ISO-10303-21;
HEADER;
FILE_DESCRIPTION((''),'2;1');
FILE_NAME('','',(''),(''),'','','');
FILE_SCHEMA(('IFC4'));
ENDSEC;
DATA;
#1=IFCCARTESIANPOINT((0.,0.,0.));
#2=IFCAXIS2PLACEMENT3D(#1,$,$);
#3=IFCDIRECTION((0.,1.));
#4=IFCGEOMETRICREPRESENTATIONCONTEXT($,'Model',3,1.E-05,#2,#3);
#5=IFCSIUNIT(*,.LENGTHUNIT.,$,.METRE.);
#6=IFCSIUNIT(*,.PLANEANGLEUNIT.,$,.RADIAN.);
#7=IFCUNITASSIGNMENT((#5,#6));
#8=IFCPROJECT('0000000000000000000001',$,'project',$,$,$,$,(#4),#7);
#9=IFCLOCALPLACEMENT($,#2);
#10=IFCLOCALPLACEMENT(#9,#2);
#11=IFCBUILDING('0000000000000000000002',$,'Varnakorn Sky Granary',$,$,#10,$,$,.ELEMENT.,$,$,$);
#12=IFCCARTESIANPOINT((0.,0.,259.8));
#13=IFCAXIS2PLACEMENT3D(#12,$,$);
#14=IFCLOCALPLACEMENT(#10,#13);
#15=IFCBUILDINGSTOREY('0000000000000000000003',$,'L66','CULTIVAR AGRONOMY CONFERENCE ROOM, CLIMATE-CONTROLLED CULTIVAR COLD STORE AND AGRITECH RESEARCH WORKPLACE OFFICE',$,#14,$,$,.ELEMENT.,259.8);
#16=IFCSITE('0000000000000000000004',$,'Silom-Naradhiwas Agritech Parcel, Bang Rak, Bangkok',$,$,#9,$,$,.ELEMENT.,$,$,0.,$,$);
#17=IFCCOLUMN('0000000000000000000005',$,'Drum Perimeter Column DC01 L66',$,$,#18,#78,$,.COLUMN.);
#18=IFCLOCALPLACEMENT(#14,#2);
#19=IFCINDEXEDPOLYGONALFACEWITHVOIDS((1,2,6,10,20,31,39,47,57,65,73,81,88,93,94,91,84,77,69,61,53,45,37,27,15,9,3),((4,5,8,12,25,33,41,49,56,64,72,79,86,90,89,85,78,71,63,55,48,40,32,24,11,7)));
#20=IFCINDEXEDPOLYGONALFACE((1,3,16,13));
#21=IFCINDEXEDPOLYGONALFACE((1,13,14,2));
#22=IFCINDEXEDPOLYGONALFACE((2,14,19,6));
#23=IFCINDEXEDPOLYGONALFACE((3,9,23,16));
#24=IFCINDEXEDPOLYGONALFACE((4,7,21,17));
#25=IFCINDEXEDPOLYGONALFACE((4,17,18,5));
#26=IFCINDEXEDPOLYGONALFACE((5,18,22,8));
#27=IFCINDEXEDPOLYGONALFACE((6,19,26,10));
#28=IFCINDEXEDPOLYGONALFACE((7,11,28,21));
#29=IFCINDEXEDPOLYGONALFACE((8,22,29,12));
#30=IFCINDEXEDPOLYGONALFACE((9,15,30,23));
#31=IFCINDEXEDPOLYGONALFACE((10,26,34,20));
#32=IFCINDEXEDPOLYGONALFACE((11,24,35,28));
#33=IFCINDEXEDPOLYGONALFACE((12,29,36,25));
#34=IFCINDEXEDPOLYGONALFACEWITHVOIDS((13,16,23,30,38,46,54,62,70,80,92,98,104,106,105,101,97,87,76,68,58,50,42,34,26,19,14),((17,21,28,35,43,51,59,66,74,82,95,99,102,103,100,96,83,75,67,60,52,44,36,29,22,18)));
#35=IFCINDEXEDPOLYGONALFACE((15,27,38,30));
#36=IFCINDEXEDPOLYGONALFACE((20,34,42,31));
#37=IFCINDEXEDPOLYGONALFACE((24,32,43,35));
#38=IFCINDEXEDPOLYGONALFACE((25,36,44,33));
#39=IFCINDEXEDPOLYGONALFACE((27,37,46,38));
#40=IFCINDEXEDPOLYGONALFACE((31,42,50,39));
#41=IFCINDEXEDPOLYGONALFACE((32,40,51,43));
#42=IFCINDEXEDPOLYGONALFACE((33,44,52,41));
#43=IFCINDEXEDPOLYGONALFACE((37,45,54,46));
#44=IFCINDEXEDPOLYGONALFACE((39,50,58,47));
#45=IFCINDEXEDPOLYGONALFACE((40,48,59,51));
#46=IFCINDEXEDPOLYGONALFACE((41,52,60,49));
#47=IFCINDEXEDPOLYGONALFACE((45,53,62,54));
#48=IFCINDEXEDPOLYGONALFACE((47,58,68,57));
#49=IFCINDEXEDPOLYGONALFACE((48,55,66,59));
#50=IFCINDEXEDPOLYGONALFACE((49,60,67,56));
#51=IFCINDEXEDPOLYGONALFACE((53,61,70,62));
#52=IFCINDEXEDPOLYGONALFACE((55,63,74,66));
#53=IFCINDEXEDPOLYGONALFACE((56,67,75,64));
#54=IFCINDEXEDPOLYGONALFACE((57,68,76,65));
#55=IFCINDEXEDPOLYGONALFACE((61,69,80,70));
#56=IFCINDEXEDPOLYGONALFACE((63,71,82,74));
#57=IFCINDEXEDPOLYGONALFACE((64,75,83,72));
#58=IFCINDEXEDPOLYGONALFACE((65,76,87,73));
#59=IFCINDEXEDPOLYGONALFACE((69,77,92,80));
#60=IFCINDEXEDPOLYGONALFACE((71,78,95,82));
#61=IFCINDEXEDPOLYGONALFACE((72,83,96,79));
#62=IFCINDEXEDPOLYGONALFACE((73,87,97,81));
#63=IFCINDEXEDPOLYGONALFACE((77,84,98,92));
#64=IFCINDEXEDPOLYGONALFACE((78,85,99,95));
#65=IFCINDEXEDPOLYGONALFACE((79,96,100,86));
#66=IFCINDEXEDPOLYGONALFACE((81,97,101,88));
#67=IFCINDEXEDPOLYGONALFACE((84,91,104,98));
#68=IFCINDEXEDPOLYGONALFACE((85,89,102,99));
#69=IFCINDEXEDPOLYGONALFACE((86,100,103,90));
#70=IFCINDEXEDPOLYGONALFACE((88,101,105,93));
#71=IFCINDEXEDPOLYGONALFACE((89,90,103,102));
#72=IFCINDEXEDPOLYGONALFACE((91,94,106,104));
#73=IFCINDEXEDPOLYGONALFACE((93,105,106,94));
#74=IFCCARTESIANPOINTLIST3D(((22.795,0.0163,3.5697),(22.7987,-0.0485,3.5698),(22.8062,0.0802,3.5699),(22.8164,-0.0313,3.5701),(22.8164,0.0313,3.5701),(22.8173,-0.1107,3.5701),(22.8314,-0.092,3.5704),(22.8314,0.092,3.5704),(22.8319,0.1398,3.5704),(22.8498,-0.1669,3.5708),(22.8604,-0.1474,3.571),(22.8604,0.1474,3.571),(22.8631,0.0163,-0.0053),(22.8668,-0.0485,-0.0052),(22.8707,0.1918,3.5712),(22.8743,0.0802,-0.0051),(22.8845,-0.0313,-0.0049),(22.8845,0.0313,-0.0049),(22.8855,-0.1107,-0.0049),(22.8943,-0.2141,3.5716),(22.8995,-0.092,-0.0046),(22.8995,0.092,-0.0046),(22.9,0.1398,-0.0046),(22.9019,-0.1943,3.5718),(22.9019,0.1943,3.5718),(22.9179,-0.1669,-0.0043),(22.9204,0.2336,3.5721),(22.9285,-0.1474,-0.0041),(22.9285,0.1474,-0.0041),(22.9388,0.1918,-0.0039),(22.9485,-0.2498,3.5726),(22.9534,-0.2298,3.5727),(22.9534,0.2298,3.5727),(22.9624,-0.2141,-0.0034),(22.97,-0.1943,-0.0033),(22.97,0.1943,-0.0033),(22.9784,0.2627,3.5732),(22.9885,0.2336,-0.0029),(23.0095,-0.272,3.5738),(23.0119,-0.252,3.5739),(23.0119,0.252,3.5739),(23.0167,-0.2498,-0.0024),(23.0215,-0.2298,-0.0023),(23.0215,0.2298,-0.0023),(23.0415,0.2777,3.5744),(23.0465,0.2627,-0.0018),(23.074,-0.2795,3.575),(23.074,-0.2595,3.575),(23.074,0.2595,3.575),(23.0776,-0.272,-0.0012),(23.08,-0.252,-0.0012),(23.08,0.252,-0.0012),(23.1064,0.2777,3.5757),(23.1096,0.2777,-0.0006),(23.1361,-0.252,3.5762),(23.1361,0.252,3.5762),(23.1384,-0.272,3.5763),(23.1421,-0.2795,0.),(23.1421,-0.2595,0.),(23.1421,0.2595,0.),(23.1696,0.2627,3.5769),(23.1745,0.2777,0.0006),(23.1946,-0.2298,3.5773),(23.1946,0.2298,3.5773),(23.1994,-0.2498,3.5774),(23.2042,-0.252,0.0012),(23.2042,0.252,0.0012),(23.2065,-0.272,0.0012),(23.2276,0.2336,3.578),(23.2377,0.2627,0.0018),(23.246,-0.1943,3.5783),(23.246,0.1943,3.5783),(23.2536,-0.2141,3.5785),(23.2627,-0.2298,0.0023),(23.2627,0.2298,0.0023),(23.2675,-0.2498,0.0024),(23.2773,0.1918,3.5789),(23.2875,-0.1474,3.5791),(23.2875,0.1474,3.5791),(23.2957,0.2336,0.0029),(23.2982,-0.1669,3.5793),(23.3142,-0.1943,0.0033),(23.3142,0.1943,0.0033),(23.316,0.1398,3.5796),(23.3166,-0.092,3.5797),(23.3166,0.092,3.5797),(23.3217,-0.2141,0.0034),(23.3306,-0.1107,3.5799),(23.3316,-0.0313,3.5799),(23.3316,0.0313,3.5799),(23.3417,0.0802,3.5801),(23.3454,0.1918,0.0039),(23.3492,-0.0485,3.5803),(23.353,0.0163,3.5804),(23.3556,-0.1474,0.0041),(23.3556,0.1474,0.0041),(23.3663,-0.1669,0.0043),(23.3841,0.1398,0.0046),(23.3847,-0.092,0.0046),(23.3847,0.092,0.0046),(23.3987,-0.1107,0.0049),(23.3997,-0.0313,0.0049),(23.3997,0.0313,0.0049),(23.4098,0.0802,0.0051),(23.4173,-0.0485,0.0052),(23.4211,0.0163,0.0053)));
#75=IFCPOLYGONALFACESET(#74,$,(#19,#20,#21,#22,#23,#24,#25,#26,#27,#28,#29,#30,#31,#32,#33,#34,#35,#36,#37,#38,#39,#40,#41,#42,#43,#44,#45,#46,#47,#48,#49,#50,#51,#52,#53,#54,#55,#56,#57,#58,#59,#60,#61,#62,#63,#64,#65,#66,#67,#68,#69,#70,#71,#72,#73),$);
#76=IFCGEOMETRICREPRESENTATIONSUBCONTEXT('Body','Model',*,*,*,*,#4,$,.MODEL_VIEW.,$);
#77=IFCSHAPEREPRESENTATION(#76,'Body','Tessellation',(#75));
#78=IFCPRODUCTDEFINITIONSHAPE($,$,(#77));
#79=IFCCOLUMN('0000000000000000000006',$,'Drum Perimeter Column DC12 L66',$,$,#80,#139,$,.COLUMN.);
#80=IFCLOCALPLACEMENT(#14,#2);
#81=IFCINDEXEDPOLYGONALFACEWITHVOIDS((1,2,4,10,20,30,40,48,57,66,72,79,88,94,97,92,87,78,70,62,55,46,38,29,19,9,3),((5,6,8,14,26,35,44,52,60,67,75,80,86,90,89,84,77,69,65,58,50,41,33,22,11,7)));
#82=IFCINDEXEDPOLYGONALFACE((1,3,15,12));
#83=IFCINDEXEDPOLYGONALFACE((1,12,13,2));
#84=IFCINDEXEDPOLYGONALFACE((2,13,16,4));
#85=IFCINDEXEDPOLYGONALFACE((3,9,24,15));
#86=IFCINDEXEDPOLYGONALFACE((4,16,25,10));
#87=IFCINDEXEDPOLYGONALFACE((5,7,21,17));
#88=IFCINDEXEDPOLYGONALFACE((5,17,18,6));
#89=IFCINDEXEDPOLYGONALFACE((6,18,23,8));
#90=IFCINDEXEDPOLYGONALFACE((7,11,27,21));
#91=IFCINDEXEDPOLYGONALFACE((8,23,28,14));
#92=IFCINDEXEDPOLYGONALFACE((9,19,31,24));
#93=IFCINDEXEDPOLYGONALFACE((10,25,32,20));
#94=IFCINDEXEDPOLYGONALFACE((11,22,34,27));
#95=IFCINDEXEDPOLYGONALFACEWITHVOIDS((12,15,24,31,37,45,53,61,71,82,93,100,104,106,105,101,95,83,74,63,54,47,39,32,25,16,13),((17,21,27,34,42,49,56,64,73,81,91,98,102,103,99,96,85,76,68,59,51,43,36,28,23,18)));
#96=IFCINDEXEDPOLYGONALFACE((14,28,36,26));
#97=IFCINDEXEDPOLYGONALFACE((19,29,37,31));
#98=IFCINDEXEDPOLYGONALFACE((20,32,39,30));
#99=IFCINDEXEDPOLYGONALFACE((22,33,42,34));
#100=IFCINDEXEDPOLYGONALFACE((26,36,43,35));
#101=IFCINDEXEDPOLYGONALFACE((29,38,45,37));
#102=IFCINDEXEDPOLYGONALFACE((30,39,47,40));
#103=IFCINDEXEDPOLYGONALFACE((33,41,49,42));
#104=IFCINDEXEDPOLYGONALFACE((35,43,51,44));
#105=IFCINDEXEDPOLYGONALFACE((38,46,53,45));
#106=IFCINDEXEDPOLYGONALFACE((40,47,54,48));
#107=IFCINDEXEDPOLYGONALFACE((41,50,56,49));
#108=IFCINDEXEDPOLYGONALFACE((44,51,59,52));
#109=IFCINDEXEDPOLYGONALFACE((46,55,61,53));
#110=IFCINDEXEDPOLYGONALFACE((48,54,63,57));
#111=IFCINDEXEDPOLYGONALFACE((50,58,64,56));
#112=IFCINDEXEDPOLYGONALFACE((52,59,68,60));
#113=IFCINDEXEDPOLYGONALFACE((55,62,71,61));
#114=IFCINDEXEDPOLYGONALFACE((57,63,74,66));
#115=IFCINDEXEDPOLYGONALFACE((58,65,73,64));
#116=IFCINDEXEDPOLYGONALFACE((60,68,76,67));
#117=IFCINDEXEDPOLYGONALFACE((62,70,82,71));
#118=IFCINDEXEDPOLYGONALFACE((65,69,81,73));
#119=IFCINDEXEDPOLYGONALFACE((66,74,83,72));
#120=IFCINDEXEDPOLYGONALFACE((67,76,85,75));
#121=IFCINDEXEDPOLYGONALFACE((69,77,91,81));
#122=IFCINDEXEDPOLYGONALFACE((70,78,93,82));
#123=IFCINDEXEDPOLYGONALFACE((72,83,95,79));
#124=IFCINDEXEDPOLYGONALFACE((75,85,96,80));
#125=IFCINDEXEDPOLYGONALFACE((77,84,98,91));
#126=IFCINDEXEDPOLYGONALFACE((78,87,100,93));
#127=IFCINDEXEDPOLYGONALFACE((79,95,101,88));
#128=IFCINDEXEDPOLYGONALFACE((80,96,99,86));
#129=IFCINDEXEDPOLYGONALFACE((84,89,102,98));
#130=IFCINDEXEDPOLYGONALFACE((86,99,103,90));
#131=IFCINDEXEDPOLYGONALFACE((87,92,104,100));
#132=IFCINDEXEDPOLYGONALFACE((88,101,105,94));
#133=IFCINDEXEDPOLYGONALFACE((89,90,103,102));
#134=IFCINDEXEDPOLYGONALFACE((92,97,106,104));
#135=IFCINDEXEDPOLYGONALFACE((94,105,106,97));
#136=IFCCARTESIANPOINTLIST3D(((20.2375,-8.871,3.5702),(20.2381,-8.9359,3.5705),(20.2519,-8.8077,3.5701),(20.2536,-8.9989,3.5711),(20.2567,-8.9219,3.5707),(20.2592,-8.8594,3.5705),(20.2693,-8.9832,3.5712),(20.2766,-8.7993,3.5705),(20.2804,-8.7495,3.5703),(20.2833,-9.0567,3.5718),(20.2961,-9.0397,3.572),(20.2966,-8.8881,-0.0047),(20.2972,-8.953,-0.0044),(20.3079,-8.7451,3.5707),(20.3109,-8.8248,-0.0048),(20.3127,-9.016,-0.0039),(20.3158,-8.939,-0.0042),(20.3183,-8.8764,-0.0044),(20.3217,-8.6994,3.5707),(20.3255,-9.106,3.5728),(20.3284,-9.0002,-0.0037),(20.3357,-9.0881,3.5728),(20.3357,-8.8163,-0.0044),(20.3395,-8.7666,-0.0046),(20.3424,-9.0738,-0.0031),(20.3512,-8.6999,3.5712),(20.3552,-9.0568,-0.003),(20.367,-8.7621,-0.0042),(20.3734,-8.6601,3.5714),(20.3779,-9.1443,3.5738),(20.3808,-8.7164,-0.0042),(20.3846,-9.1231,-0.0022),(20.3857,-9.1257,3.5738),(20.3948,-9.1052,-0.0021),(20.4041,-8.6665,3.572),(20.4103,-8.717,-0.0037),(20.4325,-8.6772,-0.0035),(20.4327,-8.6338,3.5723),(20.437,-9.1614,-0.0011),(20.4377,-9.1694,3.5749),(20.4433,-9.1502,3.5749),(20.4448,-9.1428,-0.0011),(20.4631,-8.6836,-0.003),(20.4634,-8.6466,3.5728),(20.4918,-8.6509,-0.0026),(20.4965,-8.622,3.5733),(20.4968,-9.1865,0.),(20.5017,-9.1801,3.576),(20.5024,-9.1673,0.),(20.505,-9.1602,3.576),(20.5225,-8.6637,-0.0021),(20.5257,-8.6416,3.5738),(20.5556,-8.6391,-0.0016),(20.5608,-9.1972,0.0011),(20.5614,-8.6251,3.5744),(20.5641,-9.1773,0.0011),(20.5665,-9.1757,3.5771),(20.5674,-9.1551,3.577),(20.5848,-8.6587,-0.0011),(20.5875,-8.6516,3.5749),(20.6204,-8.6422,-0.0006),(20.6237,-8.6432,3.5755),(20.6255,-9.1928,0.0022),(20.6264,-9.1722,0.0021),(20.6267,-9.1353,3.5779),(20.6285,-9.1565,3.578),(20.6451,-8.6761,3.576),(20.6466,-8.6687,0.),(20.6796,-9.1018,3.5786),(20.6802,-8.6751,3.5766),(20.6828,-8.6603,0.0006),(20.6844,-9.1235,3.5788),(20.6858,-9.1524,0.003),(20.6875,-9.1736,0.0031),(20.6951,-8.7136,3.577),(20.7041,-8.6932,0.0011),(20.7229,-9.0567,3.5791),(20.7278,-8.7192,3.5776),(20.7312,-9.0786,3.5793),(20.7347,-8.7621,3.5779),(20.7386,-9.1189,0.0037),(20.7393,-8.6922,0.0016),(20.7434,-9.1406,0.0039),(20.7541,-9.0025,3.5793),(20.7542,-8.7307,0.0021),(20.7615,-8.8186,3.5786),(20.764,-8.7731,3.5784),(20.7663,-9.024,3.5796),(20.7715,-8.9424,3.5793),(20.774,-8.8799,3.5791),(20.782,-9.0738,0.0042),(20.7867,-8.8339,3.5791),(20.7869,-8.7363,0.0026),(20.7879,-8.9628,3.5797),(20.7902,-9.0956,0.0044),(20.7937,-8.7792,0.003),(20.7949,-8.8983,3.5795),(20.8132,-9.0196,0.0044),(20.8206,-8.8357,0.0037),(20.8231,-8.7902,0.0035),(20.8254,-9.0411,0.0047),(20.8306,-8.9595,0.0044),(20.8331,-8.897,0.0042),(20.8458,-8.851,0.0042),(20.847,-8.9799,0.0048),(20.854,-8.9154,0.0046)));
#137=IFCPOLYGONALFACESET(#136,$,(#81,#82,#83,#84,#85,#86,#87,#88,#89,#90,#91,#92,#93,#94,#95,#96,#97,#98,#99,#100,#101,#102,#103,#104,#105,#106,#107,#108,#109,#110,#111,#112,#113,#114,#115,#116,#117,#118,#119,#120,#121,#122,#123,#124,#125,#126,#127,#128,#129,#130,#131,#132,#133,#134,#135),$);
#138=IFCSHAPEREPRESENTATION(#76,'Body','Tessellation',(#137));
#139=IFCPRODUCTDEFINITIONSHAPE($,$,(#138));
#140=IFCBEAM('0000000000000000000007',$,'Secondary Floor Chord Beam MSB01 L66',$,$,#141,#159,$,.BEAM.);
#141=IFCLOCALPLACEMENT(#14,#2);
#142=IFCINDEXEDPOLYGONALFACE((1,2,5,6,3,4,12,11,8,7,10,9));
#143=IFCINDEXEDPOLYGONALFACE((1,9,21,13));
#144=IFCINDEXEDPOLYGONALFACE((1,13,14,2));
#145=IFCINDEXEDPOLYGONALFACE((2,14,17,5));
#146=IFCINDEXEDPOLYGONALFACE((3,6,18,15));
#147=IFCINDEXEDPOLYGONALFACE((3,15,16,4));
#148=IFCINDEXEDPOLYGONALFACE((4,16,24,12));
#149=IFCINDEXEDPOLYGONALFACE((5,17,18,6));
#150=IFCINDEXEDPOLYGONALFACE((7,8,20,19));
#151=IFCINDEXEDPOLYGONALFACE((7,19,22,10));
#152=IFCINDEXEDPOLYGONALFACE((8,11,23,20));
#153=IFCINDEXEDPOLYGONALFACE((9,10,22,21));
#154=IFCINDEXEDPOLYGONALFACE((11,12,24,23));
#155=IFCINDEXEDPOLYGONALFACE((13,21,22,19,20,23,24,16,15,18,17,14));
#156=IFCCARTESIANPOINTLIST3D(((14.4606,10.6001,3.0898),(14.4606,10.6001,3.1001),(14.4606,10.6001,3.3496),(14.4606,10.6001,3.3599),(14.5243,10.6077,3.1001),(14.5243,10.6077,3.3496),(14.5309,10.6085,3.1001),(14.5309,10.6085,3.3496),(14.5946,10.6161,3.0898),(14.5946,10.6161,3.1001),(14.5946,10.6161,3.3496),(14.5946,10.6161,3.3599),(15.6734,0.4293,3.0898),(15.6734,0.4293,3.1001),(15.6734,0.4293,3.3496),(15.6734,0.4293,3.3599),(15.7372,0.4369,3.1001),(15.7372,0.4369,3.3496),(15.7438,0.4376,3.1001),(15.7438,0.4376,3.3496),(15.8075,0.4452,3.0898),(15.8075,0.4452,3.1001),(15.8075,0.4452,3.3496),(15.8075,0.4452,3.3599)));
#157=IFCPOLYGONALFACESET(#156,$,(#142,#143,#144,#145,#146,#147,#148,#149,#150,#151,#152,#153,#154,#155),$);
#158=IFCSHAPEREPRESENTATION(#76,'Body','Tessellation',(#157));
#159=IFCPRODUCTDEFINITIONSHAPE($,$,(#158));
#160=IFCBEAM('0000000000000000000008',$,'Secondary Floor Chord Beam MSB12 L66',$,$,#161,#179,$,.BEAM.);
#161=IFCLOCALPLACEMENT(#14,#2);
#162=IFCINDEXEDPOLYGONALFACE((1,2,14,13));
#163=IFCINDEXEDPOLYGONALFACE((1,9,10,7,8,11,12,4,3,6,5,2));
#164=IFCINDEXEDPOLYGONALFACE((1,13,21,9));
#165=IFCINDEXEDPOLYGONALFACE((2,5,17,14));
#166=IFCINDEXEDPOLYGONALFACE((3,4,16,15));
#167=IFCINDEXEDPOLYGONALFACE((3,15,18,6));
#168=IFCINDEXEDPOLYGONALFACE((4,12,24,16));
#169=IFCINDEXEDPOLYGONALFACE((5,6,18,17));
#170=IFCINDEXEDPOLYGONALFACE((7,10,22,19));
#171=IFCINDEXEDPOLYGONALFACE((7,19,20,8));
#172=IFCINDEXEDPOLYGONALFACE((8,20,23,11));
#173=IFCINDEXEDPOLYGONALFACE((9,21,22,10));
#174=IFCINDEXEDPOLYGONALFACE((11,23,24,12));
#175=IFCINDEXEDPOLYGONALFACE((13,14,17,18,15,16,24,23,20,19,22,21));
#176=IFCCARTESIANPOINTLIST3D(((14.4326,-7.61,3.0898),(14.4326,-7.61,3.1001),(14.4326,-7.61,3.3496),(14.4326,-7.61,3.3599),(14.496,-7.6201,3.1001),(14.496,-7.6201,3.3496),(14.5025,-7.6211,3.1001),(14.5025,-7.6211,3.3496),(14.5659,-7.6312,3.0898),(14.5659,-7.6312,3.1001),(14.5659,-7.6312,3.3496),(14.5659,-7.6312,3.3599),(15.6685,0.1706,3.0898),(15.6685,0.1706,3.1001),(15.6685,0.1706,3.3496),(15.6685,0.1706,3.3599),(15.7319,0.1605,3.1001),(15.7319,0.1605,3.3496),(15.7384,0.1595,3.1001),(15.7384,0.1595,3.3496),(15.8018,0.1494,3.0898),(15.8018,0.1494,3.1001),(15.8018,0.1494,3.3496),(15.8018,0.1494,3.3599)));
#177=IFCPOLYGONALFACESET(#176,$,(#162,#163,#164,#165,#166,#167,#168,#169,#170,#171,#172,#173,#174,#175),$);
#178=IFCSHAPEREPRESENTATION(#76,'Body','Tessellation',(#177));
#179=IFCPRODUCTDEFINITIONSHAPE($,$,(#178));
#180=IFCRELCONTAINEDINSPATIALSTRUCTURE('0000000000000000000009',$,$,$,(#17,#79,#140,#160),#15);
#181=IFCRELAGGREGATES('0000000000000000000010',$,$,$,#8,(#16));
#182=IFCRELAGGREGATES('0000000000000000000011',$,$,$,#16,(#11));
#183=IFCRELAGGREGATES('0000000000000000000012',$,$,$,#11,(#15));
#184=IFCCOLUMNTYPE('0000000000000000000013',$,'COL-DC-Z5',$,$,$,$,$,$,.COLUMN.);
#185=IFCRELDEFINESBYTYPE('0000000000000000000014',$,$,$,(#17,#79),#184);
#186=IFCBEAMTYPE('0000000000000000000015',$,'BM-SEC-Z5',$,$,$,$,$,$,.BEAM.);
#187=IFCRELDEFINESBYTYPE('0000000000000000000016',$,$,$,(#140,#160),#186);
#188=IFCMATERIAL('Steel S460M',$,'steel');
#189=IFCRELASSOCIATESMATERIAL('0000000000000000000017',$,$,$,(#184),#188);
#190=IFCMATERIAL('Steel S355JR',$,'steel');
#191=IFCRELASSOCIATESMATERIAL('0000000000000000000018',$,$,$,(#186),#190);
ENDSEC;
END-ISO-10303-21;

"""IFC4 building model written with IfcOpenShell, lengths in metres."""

from ifc_helpers import new_model, si_unit, direction, frame, origin, origin_2d, place, context, subcontext, project, spatial, hollow_circle, i_section, extrude, material, material_profile, profile_set, type_object, element, save


model = new_model("IFC4")

# Units and contexts
model_context = context("Model", 3, precision=1e-05, world=origin(), true_north=direction((0.0, 1.0)))
body_context = subcontext(model_context, "Body", "Model", "MODEL_VIEW")
ifc_project = project(units=[si_unit("LENGTHUNIT", "METRE"), si_unit("PLANEANGLEUNIT", "RADIAN")], contexts=[model_context])

# Site, building, storey
site_placement = place(None, origin())
site = spatial("IfcSite", under=ifc_project, at=site_placement, Name="Silom-Naradhiwas Agritech Parcel, Bang Rak, Bangkok", CompositionType="ELEMENT", RefElevation=0.0)
building_placement = place(site_placement, origin())
building = spatial("IfcBuilding", under=site, at=building_placement, Name="Varnakorn Sky Granary", CompositionType="ELEMENT")
storey_placement = place(building_placement, frame((0.0, 0.0, 259.8)))
storey = spatial("IfcBuildingStorey", under=building, at=storey_placement, Name="L66", Description="CULTIVAR AGRONOMY CONFERENCE ROOM, CLIMATE-CONTROLLED CULTIVAR COLD STORE AND AGRITECH RESEARCH WORKPLACE OFFICE", CompositionType="ELEMENT", Elevation=259.8)

# Columns
ifc_material_1 = material(Name="Steel S460M", Category="steel")
ifc_material_profile_1 = material_profile(ifc_material_1, hollow_circle(Radius=0.2795, WallThickness=0.02, at=origin_2d()), Name="CHS 559x20")
ifc_profile_set_1 = profile_set([ifc_material_profile_1], Name="Steel S460M")
column_type = type_object("IfcColumnType", Name="COL-DC-Z5", PredefinedType="COLUMN", material=ifc_profile_set_1)
column_1_placement = place(storey_placement, frame((23.1421, 0.0, 0.0), z_axis=(-0.01905, 0.0, 0.999819), x_axis=(0.0, -1.0, 0.0)))
element("IfcColumn", 1, at=column_1_placement, inside=storey, type_object=column_type, Name="Drum Perimeter Column DC01 L66", PredefinedType="COLUMN", context=body_context, shape_type="SweptSolid", body=[
    extrude(hollow_circle(Radius=0.2795, WallThickness=0.02, at=origin_2d()), origin(), (0.0, 0.0, 1.0), 3.5757),
])
column_2_placement = place(storey_placement, frame((20.5745, -8.918, 0.0), z_axis=(-0.016524, 0.00478, 0.999852), x_axis=(-0.277865, -0.96062, 0.0)))
element("IfcColumn", 2, at=column_2_placement, inside=storey, type_object=column_type, Name="Drum Perimeter Column DC12 L66", PredefinedType="COLUMN", context=body_context, shape_type="SweptSolid", body=[
    extrude(hollow_circle(Radius=0.2795, WallThickness=0.02, at=origin_2d()), origin(), (0.0, 0.0, 1.0), 3.5754),
])

# Beams
ifc_material_2 = material(Name="Steel S355JR", Category="steel")
ifc_material_profile_2 = material_profile(ifc_material_2, i_section(OverallWidth=0.135, OverallDepth=0.27, WebThickness=0.0066, FlangeThickness=0.0103, at=origin_2d()), Name="IPE 270")
ifc_profile_set_2 = profile_set([ifc_material_profile_2], Name="Steel S355JR")
beam_type_1 = type_object("IfcBeamType", Name="BM-SEC-Z5", PredefinedType="BEAM", material=ifc_profile_set_2)
beam_1_placement = place(storey_placement, frame((15.7405, 0.4373, 3.2249), z_axis=(-0.118412, 0.992965, 0.0), x_axis=(-0.992965, -0.118412, 0.0)))
element("IfcBeam", 3, at=beam_1_placement, inside=storey, type_object=beam_type_1, Name="Secondary Floor Chord Beam MSB01 L66", PredefinedType="BEAM", context=body_context, shape_type="SweptSolid", body=[
    extrude(i_section(OverallWidth=0.135, OverallDepth=0.27, WebThickness=0.0066, FlangeThickness=0.0103, at=origin_2d()), origin(), (0.0, 0.0, 1.0), 10.2429),
])
beam_2_placement = place(storey_placement, frame((14.4993, -7.6206, 3.2249), z_axis=(0.156871, 0.987619, 0.0), x_axis=(-0.987619, 0.156871, 0.0)))
element("IfcBeam", 4, at=beam_2_placement, inside=storey, type_object=beam_type_1, Name="Secondary Floor Chord Beam MSB12 L66", PredefinedType="BEAM", context=body_context, shape_type="SweptSolid", body=[
    extrude(i_section(OverallWidth=0.135, OverallDepth=0.27, WebThickness=0.0066, FlangeThickness=0.0103, at=origin_2d()), origin(), (0.0, 0.0, 1.0), 7.8782),
])

save(model, "model.ifc")
